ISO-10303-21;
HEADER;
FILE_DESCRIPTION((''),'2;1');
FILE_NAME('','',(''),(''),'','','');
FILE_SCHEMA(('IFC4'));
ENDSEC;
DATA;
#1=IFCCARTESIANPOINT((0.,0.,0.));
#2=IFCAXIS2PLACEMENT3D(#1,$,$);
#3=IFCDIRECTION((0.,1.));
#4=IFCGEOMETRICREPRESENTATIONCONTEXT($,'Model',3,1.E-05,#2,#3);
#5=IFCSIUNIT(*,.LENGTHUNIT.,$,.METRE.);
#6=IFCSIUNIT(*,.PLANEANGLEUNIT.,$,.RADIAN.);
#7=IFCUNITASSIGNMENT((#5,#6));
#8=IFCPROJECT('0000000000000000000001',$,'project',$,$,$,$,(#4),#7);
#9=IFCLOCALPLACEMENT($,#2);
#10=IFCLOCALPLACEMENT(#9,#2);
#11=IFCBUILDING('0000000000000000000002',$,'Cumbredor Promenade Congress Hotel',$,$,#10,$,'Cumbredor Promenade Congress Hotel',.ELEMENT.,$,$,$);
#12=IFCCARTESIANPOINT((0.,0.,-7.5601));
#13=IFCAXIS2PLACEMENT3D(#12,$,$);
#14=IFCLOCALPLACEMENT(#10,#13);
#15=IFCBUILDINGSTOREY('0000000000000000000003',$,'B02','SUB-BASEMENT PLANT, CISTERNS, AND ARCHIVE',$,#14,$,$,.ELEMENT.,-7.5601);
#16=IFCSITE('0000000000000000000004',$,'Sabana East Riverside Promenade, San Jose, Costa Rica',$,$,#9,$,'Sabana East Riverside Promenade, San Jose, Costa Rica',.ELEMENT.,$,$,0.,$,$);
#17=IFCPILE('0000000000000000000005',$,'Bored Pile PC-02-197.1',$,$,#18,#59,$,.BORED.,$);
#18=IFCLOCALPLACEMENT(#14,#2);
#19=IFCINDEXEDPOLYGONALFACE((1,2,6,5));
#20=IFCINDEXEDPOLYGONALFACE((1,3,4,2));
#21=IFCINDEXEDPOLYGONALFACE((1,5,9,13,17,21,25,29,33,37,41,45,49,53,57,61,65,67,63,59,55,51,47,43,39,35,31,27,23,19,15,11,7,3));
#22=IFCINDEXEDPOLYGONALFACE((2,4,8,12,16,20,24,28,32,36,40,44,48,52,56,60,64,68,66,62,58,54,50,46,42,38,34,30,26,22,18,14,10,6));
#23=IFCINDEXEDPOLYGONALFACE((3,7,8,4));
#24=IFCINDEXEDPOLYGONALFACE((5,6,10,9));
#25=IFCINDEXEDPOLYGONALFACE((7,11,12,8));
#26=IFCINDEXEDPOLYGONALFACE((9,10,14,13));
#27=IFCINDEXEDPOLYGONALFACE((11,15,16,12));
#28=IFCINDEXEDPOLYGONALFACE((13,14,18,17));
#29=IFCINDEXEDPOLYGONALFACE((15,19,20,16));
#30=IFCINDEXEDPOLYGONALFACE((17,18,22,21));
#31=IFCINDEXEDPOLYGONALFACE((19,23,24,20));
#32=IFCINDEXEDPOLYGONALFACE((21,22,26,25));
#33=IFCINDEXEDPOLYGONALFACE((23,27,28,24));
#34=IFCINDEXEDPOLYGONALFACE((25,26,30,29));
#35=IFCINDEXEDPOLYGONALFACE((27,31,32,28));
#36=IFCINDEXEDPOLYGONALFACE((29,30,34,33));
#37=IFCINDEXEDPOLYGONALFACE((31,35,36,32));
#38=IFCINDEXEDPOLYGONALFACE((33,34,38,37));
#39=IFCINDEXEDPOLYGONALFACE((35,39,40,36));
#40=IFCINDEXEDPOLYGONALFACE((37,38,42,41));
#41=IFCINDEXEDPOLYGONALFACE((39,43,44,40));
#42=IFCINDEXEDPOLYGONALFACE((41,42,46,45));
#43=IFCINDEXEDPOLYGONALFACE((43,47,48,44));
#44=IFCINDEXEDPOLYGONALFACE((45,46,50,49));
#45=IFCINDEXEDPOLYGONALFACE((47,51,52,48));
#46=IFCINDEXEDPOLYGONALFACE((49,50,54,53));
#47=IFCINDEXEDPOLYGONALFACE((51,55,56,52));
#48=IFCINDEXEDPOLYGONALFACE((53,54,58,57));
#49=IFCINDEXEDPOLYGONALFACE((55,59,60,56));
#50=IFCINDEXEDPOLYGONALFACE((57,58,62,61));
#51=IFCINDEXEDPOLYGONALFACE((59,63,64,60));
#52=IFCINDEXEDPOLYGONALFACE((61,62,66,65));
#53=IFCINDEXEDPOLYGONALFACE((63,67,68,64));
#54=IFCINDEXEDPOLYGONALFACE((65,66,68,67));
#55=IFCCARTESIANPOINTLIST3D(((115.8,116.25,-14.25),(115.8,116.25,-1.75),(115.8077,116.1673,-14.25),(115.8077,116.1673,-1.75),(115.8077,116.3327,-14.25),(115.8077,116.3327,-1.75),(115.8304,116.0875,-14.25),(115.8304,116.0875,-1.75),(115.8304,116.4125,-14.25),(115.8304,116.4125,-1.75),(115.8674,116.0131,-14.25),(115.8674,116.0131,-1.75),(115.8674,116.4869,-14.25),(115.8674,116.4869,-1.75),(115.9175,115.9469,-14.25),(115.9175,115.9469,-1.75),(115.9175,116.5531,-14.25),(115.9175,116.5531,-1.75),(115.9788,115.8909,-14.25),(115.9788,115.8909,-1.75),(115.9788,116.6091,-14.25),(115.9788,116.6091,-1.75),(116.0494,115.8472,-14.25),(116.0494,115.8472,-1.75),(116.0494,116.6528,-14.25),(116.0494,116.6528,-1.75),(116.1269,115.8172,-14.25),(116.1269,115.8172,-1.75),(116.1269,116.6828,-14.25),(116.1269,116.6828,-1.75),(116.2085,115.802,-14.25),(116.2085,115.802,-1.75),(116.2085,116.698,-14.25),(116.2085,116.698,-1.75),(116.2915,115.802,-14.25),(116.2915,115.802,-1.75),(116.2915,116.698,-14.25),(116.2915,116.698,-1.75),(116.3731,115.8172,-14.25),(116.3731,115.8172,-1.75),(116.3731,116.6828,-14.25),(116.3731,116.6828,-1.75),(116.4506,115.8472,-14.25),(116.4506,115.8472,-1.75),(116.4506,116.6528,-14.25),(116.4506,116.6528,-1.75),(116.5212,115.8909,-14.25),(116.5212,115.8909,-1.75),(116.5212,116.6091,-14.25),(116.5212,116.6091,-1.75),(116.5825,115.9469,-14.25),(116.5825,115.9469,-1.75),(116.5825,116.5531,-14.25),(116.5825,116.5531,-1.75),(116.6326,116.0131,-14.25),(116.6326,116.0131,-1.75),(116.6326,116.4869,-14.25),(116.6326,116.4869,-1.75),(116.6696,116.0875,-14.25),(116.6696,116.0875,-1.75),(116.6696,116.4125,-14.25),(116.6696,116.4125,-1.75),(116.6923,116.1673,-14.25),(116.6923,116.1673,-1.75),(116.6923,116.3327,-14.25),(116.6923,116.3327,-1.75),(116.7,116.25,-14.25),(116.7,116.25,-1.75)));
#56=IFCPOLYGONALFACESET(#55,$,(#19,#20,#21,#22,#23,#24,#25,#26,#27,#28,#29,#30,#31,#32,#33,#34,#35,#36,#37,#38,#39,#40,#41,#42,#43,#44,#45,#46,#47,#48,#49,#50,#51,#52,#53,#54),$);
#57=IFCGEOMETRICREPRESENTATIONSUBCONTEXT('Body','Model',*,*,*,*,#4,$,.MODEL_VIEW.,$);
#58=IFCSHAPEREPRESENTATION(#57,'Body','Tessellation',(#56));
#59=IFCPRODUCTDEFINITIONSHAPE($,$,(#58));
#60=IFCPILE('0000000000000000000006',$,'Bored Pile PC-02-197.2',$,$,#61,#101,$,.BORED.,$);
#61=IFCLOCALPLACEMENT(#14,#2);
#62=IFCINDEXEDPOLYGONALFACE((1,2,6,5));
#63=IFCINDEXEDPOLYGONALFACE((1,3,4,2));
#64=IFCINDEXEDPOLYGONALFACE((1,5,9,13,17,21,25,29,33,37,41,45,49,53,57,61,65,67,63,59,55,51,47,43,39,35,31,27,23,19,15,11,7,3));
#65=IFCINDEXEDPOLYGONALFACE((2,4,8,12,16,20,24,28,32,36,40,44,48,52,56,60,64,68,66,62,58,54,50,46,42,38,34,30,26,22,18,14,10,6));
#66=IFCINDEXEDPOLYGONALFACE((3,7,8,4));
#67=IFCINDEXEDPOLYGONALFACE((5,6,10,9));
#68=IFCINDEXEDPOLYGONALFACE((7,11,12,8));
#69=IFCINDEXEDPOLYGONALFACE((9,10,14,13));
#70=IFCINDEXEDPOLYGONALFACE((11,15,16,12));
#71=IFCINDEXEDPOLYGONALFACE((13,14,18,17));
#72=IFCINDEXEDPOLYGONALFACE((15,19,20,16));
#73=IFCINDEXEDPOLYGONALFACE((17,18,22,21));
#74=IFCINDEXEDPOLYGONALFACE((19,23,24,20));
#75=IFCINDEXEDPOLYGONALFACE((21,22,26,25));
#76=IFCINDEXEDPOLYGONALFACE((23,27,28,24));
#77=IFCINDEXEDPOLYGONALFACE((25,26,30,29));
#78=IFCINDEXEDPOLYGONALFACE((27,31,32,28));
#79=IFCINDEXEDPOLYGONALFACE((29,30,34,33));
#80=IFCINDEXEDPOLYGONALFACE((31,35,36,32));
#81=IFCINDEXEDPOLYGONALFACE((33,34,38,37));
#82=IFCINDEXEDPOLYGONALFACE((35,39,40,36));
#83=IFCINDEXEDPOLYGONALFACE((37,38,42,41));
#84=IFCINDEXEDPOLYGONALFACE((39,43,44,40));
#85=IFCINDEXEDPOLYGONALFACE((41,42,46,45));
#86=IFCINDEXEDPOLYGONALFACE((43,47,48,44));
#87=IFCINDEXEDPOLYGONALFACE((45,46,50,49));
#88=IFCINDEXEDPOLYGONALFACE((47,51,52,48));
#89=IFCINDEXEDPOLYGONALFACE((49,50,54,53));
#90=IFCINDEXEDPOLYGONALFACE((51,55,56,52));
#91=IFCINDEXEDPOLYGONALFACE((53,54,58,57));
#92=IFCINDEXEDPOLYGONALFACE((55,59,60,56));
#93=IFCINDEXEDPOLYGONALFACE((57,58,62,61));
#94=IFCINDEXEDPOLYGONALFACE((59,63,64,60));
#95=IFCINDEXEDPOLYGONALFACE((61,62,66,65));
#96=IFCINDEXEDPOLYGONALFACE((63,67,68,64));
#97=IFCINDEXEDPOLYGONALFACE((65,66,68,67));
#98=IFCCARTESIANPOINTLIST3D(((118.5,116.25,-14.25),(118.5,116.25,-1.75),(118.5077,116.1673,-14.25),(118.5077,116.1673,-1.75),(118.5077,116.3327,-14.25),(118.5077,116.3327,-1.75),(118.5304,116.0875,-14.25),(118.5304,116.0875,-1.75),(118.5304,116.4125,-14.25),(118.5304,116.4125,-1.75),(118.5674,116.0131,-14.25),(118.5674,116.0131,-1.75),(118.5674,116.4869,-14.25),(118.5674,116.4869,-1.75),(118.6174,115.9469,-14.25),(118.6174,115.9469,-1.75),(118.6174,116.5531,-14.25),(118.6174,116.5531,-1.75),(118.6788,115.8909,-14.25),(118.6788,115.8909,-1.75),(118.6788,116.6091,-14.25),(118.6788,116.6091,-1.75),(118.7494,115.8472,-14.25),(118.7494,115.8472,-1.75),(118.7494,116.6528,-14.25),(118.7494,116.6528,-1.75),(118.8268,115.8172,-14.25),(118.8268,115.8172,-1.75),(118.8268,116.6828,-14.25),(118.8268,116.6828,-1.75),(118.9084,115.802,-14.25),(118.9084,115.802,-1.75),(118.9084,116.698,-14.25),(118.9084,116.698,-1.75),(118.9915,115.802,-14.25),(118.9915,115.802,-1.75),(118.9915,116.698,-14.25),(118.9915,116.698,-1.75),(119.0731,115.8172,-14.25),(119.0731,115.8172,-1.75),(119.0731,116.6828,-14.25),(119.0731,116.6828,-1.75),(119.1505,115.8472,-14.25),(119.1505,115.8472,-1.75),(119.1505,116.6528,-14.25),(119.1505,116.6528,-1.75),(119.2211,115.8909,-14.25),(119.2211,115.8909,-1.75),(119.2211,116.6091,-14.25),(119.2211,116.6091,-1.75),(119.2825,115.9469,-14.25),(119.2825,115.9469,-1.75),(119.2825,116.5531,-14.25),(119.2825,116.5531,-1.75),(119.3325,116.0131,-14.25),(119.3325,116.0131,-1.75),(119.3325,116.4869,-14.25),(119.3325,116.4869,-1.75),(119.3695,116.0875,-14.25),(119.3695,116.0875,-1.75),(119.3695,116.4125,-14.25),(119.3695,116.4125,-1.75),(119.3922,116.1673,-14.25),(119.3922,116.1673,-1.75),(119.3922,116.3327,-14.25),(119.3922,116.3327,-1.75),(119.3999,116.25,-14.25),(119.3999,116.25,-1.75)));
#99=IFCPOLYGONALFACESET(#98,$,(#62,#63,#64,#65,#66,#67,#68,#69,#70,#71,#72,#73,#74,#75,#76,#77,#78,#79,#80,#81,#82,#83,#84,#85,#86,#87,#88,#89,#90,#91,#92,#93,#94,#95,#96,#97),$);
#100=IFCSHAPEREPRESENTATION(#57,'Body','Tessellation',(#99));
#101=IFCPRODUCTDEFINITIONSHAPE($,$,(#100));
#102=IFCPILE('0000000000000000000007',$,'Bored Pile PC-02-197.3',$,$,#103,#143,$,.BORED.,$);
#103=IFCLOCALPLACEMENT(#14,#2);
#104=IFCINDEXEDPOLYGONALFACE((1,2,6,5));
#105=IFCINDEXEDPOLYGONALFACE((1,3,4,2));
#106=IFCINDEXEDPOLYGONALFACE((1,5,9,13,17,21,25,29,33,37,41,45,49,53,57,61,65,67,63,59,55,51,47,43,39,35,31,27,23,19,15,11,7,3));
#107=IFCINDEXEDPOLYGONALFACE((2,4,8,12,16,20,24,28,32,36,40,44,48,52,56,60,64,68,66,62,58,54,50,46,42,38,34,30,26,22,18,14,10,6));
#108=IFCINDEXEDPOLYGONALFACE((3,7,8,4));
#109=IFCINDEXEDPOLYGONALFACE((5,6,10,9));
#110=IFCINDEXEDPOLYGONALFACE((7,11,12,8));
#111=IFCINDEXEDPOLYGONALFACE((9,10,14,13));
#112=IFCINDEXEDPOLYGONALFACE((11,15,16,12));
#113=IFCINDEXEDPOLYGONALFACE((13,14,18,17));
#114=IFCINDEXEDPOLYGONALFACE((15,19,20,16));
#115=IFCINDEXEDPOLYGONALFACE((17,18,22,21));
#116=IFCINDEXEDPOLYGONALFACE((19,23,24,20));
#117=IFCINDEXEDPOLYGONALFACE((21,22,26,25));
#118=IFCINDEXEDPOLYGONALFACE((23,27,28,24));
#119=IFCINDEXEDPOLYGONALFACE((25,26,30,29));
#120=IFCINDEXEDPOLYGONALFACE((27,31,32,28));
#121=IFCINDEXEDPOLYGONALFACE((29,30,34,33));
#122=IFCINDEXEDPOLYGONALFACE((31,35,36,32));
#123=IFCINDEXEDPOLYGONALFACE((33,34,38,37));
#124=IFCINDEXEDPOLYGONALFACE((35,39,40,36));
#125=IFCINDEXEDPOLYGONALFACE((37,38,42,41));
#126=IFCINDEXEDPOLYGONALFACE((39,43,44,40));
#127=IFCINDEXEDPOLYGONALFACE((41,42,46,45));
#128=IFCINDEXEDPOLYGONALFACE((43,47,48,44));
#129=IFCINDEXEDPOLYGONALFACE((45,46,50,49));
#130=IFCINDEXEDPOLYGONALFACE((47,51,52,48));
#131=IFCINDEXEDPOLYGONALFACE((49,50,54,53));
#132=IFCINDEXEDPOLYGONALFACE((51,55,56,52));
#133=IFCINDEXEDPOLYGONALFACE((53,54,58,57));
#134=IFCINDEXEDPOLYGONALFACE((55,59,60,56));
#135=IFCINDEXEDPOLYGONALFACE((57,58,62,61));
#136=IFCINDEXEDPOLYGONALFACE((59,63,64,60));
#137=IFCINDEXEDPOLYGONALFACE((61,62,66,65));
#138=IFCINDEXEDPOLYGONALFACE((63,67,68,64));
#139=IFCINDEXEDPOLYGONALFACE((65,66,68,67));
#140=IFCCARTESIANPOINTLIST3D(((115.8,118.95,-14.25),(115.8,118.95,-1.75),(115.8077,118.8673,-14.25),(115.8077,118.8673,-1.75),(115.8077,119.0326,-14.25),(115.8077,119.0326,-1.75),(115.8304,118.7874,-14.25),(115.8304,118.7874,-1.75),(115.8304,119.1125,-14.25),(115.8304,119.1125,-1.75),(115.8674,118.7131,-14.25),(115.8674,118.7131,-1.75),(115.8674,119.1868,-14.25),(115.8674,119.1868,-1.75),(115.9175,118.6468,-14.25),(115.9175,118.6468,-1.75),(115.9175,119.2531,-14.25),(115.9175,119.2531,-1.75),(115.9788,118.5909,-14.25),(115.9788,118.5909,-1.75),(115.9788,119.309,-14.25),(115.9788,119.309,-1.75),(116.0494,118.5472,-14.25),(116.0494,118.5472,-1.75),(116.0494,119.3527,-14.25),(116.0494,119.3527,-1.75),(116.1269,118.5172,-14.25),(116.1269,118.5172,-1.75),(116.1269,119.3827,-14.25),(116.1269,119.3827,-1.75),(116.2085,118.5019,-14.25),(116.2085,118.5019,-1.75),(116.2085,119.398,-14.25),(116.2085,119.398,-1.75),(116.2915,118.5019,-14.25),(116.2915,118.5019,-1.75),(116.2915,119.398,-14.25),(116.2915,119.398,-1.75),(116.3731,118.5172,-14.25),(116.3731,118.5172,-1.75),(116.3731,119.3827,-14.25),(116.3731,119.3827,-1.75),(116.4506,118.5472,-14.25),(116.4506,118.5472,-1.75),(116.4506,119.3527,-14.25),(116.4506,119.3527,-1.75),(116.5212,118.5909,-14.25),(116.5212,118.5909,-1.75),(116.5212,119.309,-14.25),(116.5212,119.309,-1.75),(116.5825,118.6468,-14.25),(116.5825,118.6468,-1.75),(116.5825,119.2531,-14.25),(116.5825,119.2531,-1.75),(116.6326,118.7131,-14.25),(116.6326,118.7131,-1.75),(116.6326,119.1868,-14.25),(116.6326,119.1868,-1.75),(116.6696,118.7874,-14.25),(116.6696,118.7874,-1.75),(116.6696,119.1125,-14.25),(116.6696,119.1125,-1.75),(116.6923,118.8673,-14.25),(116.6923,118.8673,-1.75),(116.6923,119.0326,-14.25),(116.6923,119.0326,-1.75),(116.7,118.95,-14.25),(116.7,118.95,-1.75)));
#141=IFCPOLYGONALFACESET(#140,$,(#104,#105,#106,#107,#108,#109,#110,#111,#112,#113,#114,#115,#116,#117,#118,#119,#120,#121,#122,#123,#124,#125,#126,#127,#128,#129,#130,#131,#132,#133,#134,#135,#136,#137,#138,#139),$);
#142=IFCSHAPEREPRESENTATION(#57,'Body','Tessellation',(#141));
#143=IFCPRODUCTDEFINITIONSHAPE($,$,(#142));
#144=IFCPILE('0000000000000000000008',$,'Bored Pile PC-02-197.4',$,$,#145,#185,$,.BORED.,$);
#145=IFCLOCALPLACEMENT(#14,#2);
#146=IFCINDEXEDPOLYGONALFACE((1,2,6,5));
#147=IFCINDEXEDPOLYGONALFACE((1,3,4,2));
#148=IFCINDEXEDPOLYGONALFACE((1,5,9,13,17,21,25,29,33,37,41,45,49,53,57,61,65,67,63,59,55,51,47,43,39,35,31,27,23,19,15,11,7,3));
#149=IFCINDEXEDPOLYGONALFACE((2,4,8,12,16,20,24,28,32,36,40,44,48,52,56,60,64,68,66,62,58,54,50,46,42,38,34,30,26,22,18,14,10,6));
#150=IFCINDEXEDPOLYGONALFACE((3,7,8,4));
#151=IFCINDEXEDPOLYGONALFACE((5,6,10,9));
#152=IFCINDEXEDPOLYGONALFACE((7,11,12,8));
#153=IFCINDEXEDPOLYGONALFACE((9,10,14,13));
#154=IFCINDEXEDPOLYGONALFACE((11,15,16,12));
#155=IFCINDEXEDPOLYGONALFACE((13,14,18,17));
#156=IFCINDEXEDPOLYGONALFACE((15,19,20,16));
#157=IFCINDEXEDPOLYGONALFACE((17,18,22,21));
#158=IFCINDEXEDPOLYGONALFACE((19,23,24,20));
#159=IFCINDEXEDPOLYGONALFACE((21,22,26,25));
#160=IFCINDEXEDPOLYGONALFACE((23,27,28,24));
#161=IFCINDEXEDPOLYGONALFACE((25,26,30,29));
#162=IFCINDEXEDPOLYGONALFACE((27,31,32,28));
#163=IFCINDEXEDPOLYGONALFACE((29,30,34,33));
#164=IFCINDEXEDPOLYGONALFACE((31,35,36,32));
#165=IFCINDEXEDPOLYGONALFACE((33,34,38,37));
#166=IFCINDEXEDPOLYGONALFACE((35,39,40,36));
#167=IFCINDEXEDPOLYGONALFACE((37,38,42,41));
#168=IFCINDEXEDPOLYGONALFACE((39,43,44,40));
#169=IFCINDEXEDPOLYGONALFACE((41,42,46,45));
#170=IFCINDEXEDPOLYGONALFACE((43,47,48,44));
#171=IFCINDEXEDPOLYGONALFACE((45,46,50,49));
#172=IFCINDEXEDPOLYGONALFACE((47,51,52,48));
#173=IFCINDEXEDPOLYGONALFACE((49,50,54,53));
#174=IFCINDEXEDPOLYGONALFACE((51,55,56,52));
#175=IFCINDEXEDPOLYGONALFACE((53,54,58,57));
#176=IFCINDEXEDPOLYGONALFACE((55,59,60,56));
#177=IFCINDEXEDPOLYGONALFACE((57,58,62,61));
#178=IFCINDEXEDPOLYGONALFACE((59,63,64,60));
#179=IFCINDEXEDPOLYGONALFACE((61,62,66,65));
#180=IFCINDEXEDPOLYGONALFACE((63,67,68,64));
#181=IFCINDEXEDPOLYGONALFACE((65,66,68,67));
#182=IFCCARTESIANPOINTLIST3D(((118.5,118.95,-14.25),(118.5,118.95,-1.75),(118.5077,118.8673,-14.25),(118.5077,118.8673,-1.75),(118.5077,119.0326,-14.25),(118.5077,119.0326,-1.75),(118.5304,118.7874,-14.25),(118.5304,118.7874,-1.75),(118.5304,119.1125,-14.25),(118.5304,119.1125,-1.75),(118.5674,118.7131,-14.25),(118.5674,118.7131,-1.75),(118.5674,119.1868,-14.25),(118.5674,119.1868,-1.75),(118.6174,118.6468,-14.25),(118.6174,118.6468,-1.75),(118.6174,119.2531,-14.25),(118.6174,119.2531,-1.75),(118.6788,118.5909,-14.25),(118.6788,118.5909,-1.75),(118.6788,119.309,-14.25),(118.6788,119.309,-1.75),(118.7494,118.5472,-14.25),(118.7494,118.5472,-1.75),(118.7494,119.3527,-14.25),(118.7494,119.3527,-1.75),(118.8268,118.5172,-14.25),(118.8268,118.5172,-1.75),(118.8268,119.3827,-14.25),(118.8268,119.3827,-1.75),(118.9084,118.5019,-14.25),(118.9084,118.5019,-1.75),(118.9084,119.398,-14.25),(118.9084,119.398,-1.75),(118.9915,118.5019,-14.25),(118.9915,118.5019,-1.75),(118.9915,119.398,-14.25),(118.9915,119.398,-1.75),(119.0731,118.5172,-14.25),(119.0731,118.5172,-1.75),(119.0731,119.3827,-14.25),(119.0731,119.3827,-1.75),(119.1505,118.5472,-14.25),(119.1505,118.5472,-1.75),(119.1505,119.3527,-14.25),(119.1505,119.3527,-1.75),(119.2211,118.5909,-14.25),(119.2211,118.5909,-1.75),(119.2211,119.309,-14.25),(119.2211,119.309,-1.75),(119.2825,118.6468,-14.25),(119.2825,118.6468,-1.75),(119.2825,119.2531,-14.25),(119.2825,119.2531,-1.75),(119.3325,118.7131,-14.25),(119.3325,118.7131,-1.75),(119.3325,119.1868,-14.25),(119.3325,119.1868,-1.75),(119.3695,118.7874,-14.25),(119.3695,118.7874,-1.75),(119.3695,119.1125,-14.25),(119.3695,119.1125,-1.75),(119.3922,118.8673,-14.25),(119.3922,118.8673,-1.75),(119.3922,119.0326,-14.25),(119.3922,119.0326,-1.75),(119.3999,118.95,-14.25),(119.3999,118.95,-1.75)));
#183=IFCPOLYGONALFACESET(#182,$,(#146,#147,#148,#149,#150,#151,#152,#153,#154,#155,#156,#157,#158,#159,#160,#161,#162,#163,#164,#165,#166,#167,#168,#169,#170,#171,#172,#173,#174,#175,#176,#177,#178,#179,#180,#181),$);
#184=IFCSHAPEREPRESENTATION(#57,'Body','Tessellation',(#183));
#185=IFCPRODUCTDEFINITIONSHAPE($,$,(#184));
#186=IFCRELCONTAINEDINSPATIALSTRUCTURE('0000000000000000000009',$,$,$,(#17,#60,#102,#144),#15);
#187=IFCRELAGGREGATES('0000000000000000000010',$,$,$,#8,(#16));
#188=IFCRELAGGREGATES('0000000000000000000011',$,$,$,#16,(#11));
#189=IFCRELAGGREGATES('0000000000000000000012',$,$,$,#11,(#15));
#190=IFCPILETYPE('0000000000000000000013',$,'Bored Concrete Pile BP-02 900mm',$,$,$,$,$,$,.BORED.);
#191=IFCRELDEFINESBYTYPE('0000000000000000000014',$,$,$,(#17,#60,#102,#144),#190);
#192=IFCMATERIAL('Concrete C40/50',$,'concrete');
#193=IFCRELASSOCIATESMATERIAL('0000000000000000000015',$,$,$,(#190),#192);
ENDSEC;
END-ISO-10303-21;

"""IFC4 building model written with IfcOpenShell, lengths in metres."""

from ifc_helpers import new_model, si_unit, direction, frame, origin, origin_2d, place, context, subcontext, project, spatial, circle, extrude, material, material_profile, profile_set, type_object, element, save


model = new_model("IFC4")

# Units and contexts
model_context = context("Model", 3, precision=1e-05, world=origin(), true_north=direction((0.0, 1.0)))
body_context = subcontext(model_context, "Body", "Model", "MODEL_VIEW")
ifc_project = project(units=[si_unit("LENGTHUNIT", "METRE"), si_unit("PLANEANGLEUNIT", "RADIAN")], contexts=[model_context])

# Site, building, storey
site_placement = place(None, origin())
site = spatial("IfcSite", under=ifc_project, at=site_placement, Name="Sabana East Riverside Promenade, San Jose, Costa Rica", LongName="Sabana East Riverside Promenade, San Jose, Costa Rica", CompositionType="ELEMENT", RefElevation=0.0)
building_placement = place(site_placement, origin())
building = spatial("IfcBuilding", under=site, at=building_placement, Name="Cumbredor Promenade Congress Hotel", LongName="Cumbredor Promenade Congress Hotel", CompositionType="ELEMENT")
storey_placement = place(building_placement, frame((0.0, 0.0, -7.5601)))
storey = spatial("IfcBuildingStorey", under=building, at=storey_placement, Name="B02", Description="SUB-BASEMENT PLANT, CISTERNS, AND ARCHIVE", CompositionType="ELEMENT", Elevation=-7.5601)

# Piles
ifc_material_1 = material(Name="Concrete C40/50", Category="concrete")
ifc_material_profile_1 = material_profile(ifc_material_1, circle(Radius=0.45, at=origin_2d()), Name="PILE D900")
ifc_profile_set_1 = profile_set([ifc_material_profile_1], Name="Concrete C40/50")
pile_type = type_object("IfcPileType", Name="Bored Concrete Pile BP-02 900mm", PredefinedType="BORED", material=ifc_profile_set_1)
for number, where, z_axis, x_axis, name in (
    (1, (116.25, 116.25, -1.75), (0.0, 0.0, -1.0), (1.0, 0.0, 0.0), "Bored Pile PC-02-197.1"),
    (2, (118.95, 116.25, -1.75), (0.0, 0.0, -1.0), (1.0, 0.0, 0.0), "Bored Pile PC-02-197.2"),
    (3, (116.25, 118.95, -1.75), (0.0, 0.0, -1.0), (1.0, 0.0, 0.0), "Bored Pile PC-02-197.3"),
    (4, (118.95, 118.95, -1.75), (0.0, 0.0, -1.0), (1.0, 0.0, 0.0), "Bored Pile PC-02-197.4"),
):
    element("IfcPile", number, at=place(storey_placement, frame(where, z_axis=z_axis, x_axis=x_axis)), inside=storey, type_object=pile_type, Name=name, PredefinedType="BORED", context=body_context, shape_type="SweptSolid", body=[
        extrude(circle(Radius=0.45, at=origin_2d()), origin(), (0.0, 0.0, 1.0), 12.5),
    ])

save(model, "model.ifc")
